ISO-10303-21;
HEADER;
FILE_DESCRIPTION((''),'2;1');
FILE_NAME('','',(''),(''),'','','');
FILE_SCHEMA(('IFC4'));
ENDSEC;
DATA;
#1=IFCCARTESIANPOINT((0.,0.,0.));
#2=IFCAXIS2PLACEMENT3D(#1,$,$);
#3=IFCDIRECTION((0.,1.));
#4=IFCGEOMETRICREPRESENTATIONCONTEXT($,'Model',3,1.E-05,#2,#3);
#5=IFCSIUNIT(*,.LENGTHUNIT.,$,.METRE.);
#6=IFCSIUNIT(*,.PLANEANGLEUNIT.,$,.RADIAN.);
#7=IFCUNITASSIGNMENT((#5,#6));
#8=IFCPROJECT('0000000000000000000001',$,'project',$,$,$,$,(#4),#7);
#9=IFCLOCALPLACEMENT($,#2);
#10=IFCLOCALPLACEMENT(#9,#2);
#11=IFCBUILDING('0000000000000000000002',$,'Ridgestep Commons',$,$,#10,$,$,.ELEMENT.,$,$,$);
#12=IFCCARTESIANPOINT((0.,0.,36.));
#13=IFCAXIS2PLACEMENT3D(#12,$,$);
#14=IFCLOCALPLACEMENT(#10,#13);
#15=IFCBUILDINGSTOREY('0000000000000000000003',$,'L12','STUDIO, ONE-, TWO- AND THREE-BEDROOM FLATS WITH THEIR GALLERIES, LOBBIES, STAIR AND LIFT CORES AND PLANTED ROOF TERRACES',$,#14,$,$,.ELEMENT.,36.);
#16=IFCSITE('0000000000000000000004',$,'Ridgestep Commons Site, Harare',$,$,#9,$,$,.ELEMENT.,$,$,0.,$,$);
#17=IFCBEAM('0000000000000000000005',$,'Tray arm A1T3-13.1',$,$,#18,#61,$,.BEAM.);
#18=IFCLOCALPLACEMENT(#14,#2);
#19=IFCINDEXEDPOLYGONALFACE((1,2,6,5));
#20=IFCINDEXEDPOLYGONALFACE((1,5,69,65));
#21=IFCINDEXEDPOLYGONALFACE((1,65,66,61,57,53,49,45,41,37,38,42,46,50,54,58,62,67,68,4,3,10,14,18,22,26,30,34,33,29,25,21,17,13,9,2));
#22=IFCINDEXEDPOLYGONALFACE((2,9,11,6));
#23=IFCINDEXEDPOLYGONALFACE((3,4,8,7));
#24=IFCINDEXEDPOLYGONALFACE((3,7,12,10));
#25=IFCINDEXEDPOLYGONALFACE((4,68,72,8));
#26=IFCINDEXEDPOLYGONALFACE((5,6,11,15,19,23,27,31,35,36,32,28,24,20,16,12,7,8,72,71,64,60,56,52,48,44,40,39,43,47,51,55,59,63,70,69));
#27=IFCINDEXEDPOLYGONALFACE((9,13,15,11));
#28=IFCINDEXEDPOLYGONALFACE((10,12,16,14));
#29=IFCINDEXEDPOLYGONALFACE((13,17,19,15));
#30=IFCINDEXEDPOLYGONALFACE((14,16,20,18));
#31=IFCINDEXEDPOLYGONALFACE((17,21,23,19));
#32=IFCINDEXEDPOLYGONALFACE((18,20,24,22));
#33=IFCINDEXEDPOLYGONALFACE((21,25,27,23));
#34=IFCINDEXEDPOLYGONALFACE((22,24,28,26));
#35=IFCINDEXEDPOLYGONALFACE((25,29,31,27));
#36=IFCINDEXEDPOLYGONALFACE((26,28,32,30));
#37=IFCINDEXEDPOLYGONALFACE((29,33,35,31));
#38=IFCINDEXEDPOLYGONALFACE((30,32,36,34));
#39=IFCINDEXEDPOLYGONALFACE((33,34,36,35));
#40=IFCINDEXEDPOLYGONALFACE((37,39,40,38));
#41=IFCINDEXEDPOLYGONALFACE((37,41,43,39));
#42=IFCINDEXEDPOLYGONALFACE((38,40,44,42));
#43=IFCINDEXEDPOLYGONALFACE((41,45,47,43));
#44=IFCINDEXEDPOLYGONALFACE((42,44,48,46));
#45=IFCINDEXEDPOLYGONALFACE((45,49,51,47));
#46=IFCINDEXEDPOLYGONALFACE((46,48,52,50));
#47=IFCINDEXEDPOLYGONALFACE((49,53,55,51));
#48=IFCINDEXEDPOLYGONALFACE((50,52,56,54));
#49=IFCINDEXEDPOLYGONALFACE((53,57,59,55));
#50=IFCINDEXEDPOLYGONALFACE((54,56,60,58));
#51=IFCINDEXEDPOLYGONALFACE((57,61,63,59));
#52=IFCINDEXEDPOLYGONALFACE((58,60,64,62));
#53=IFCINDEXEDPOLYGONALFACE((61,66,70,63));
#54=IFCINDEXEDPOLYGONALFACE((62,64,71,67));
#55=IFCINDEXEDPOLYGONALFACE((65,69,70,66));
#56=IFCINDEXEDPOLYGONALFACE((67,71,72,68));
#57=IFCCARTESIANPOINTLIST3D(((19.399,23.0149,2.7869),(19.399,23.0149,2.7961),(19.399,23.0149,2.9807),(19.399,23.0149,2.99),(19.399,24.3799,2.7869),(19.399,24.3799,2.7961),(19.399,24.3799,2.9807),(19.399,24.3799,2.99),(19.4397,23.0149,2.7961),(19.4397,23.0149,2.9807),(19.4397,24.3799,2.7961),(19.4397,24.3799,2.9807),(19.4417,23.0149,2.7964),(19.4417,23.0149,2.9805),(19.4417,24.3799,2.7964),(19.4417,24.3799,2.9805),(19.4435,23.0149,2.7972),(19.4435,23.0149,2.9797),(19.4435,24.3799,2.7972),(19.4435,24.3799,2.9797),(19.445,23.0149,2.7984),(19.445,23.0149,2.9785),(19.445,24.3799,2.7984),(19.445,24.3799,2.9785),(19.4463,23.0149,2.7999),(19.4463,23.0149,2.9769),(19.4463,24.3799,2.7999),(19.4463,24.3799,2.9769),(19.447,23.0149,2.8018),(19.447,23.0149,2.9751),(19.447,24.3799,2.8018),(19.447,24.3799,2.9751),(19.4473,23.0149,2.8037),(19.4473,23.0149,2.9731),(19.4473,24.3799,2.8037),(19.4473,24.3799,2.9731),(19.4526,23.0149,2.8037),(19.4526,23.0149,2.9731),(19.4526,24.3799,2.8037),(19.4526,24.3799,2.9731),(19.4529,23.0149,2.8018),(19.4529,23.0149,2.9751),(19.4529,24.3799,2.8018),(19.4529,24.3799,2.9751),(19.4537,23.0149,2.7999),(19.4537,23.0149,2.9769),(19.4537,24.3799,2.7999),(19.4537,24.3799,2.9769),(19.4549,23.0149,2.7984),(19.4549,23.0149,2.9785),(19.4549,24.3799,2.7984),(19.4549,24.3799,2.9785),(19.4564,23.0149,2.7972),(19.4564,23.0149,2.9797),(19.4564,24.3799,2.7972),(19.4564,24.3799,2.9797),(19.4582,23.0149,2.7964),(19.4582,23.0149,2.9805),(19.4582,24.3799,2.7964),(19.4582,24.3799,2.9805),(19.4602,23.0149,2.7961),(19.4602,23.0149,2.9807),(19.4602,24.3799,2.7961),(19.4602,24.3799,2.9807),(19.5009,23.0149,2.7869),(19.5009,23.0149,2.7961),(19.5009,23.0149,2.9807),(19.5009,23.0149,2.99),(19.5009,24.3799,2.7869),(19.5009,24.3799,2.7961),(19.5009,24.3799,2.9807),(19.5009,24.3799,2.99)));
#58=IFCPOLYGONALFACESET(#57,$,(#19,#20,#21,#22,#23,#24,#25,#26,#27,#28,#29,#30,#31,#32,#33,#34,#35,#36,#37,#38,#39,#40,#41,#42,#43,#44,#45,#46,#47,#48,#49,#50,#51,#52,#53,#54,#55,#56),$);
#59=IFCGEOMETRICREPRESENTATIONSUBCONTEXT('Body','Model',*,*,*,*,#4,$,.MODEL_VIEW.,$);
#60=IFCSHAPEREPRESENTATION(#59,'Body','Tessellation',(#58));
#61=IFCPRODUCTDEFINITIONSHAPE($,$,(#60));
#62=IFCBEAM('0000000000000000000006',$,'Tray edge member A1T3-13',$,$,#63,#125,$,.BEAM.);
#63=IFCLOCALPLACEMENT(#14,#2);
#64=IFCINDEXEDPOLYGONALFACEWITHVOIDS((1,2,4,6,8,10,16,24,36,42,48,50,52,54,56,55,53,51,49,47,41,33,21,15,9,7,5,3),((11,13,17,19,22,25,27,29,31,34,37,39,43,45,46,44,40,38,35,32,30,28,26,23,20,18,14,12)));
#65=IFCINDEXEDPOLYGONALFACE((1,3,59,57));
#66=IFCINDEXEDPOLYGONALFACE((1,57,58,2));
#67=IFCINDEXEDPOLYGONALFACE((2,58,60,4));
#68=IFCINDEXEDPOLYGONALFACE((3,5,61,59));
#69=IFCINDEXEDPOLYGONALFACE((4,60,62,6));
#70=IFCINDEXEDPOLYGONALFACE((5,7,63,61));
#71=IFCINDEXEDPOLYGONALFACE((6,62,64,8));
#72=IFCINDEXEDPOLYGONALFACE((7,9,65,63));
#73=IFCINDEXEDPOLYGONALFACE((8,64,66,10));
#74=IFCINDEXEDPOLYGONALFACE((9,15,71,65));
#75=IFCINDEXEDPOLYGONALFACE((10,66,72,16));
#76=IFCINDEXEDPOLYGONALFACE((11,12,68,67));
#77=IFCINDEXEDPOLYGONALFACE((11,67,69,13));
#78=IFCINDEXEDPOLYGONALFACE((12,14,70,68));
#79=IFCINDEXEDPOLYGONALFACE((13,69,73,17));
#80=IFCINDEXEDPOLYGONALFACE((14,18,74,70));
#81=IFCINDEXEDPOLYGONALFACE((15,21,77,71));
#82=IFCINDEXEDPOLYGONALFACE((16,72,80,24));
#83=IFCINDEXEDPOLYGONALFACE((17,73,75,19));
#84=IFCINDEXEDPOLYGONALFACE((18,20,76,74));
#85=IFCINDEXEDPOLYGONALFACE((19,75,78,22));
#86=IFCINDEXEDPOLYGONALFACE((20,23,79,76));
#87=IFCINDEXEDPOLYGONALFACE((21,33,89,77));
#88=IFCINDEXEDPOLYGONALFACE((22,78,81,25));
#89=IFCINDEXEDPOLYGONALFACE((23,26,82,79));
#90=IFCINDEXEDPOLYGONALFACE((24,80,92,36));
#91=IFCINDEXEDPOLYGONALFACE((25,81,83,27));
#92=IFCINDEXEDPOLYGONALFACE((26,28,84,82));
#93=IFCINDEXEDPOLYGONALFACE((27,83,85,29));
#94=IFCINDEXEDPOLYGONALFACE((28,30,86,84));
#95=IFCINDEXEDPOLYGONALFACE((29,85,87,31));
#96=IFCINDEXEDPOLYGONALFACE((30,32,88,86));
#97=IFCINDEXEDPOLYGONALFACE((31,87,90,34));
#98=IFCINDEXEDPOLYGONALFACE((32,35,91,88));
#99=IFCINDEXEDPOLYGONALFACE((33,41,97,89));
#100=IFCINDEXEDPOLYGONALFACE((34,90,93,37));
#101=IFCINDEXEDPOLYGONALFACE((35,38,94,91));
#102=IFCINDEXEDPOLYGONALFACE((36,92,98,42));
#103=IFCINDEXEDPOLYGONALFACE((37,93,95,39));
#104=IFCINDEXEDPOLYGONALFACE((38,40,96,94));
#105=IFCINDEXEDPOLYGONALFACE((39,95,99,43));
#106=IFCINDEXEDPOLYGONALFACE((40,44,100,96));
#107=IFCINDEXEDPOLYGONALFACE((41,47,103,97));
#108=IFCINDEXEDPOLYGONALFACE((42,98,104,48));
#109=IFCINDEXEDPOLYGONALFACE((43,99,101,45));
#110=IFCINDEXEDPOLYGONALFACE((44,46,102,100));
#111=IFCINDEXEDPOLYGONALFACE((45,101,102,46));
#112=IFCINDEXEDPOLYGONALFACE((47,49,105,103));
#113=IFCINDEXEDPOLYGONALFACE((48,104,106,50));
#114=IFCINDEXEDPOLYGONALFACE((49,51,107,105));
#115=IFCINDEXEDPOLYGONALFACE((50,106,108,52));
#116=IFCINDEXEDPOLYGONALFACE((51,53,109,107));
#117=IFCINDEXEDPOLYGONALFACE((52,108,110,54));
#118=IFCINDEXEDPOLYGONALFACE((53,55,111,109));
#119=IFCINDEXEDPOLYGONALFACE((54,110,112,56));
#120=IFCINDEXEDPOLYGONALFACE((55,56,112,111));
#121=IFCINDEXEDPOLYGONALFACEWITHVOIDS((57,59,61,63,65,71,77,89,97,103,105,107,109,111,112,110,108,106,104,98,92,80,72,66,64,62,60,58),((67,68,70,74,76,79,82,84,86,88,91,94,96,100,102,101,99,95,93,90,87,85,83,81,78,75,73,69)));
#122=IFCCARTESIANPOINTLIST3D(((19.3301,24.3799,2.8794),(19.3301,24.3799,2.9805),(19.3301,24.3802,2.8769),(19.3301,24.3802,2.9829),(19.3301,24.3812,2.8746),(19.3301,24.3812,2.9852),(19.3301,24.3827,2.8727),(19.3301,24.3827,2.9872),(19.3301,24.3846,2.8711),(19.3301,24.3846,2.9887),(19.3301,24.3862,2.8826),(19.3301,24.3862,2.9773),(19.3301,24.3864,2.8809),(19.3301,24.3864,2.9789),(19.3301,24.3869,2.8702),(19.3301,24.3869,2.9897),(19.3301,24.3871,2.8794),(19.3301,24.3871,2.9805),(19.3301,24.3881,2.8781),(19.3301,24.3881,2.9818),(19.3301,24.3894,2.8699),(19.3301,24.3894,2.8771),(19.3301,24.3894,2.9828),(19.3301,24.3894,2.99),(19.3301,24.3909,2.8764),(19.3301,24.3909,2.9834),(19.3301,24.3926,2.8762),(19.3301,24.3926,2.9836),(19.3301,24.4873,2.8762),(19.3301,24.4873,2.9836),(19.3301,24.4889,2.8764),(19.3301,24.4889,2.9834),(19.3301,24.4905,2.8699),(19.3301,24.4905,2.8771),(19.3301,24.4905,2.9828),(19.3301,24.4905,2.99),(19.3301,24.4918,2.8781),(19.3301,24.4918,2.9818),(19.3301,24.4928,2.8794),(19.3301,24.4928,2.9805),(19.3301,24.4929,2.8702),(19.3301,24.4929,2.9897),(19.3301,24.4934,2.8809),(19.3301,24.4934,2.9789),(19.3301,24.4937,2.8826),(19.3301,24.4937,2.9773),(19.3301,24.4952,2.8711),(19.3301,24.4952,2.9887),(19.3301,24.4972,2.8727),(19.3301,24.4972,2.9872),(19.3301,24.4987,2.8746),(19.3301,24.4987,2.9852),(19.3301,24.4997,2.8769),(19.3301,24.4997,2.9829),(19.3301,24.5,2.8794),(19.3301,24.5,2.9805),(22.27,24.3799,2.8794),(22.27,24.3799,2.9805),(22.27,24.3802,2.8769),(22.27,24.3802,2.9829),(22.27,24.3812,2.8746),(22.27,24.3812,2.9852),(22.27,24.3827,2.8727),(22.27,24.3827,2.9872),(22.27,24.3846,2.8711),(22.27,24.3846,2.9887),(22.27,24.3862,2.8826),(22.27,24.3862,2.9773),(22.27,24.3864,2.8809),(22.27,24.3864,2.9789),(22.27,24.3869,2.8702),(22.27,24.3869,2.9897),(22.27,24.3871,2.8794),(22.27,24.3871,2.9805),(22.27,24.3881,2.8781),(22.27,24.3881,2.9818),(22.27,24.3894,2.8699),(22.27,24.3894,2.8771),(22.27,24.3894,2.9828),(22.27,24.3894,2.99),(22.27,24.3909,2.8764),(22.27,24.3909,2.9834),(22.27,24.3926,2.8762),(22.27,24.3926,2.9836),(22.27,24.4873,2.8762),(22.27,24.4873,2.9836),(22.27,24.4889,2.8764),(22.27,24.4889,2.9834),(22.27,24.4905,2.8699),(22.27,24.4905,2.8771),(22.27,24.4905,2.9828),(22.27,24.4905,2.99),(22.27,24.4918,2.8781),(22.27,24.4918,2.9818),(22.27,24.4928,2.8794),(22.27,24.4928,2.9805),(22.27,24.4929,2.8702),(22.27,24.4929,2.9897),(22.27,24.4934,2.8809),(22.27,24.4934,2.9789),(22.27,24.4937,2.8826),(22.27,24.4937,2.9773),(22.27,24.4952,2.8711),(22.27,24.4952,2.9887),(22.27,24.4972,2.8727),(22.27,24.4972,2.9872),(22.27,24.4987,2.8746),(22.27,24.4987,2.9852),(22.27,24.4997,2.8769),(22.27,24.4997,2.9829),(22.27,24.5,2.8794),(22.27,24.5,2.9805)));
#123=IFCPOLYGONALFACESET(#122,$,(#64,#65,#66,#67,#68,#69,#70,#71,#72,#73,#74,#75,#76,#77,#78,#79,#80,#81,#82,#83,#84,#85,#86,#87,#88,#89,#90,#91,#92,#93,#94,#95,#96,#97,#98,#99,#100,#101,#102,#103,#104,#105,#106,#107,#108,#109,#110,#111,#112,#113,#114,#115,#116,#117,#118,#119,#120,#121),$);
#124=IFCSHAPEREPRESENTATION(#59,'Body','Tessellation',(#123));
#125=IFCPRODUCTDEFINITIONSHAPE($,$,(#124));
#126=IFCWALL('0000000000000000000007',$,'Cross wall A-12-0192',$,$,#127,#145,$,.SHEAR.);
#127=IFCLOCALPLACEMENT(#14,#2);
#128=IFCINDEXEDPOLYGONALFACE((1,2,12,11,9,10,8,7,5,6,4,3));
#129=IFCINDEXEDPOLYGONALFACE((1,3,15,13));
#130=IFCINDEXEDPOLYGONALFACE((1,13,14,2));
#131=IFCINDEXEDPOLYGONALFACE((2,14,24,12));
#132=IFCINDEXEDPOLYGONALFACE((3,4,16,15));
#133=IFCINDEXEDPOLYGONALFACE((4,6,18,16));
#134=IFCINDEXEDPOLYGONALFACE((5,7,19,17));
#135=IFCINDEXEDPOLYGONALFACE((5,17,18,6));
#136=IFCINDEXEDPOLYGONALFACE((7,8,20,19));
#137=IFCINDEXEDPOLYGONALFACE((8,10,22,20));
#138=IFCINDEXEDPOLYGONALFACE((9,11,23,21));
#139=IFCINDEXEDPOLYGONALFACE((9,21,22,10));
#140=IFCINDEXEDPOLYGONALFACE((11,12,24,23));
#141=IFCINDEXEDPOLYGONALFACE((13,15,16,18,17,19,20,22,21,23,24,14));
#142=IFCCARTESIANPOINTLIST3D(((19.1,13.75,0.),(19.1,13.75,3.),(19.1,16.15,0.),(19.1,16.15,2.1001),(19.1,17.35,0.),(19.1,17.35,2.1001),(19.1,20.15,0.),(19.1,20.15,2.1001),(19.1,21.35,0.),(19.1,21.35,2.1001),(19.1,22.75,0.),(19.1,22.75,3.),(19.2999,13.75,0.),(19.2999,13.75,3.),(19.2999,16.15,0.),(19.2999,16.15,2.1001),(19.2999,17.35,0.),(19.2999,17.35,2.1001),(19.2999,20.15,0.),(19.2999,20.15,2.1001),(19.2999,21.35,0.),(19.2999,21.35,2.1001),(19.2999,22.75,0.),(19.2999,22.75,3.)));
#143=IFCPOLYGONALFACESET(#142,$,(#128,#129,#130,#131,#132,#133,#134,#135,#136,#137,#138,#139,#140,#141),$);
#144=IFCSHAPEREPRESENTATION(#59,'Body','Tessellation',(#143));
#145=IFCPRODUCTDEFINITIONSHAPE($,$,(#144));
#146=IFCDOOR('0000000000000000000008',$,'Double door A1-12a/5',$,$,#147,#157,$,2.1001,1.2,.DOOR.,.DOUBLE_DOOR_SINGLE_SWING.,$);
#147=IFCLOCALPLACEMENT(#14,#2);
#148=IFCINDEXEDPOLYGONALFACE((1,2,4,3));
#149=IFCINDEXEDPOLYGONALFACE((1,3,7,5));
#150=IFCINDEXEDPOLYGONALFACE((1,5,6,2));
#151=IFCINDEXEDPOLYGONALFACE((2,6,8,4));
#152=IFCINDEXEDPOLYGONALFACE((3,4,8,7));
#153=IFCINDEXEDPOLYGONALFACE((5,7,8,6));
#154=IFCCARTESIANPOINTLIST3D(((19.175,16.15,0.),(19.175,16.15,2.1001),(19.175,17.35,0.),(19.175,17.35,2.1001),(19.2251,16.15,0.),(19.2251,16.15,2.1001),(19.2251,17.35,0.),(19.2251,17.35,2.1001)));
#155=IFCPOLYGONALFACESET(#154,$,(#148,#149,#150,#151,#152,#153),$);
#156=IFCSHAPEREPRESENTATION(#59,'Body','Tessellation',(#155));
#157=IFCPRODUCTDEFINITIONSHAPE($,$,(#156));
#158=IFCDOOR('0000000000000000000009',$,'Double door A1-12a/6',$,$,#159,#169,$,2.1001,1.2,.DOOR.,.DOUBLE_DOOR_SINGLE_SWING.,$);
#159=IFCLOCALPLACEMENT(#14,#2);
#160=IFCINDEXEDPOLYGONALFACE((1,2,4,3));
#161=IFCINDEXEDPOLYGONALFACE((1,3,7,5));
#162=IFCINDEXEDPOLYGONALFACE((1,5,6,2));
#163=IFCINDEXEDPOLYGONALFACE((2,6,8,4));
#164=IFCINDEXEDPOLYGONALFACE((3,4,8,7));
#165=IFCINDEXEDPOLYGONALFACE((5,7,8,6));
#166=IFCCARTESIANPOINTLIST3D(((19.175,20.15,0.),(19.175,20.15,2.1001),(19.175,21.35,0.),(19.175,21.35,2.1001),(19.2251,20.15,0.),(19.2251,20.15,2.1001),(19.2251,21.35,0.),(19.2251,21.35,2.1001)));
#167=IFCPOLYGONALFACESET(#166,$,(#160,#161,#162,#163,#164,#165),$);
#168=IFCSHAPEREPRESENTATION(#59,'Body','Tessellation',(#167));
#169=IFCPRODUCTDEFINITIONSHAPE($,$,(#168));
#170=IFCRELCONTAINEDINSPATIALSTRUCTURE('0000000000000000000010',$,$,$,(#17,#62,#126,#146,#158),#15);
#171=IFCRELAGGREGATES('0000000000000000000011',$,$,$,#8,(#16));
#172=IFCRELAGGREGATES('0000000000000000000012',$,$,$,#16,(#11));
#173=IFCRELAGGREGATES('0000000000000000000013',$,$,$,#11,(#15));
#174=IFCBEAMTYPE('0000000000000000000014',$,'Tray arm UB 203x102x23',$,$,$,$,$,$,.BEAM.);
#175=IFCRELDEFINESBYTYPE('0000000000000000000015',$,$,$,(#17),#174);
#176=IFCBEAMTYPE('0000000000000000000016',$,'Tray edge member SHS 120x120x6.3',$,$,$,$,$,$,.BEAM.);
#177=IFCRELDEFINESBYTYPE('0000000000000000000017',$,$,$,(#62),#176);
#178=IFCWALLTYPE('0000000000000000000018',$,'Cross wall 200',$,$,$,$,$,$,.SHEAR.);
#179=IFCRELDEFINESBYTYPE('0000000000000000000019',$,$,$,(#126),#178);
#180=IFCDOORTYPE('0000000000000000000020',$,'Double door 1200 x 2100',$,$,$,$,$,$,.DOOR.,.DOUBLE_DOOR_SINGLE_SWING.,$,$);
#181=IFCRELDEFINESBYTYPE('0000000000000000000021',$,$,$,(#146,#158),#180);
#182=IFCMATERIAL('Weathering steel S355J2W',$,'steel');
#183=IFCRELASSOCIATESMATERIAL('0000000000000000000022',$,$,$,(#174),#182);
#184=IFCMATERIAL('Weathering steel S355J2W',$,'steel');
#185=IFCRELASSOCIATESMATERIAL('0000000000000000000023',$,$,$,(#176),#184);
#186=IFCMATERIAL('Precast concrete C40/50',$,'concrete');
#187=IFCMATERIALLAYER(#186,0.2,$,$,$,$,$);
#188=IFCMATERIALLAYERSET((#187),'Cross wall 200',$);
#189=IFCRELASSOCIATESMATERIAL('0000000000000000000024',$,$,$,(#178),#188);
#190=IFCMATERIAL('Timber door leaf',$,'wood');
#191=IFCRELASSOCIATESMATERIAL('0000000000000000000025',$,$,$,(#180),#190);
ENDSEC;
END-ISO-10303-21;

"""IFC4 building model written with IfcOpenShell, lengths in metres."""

from ifc_helpers import new_model, si_unit, direction, frame, frame_2d, origin, origin_2d, place, context, subcontext, project, spatial, rectangle, hollow_rectangle, i_section, extrude, material, layer, layer_set, material_profile, profile_set, type_object, element, fill, save


model = new_model("IFC4")

# Units and contexts
model_context = context("Model", 3, precision=1e-05, world=origin(), true_north=direction((0.0, 1.0)))
body_context = subcontext(model_context, "Body", "Model", "MODEL_VIEW")
ifc_project = project(units=[si_unit("LENGTHUNIT", "METRE"), si_unit("PLANEANGLEUNIT", "RADIAN")], contexts=[model_context])

# Site, building, storey
site_placement = place(None, origin())
site = spatial("IfcSite", under=ifc_project, at=site_placement, Name="Ridgestep Commons Site, Harare", CompositionType="ELEMENT", RefElevation=0.0)
building_placement = place(site_placement, origin())
building = spatial("IfcBuilding", under=site, at=building_placement, Name="Ridgestep Commons", CompositionType="ELEMENT")
storey_placement = place(building_placement, frame((0.0, 0.0, 36.0)))
storey = spatial("IfcBuildingStorey", under=building, at=storey_placement, Name="L12", Description="STUDIO, ONE-, TWO- AND THREE-BEDROOM FLATS WITH THEIR GALLERIES, LOBBIES, STAIR AND LIFT CORES AND PLANTED ROOF TERRACES", CompositionType="ELEMENT", Elevation=36.0)

# Beams
ifc_material_1 = material(Name="Weathering steel S355J2W", Category="steel")
ifc_material_profile_1 = material_profile(ifc_material_1, i_section(OverallWidth=0.1018, OverallDepth=0.2031, WebThickness=0.0054, FlangeThickness=0.0093, FilletRadius=0.0076, at=origin_2d()), Name="UB 203x102x23")
ifc_profile_set_1 = profile_set([ifc_material_profile_1], Name="Weathering steel S355J2W")
beam_type_1 = type_object("IfcBeamType", Name="Tray arm UB 203x102x23", PredefinedType="BEAM", material=ifc_profile_set_1)
beam_1_placement = place(storey_placement, frame((19.45, 23.0149, 2.8884), z_axis=(0.0, 1.0, 0.0), x_axis=(-1.0, 0.0, 0.0)))
element("IfcBeam", 1, at=beam_1_placement, inside=storey, type_object=beam_type_1, Name="Tray arm A1T3-13.1", PredefinedType="BEAM", context=body_context, shape_type="SweptSolid", body=[
    extrude(i_section(OverallWidth=0.1018, OverallDepth=0.2031, WebThickness=0.0054, FlangeThickness=0.0093, FilletRadius=0.0076, at=origin_2d()), origin(), (0.0, 0.0, 1.0), 1.365),
])
ifc_material_2 = material(Name="Weathering steel S355J2W", Category="steel")
ifc_material_profile_2 = material_profile(ifc_material_2, hollow_rectangle(XDim=0.1201, YDim=0.1201, WallThickness=0.0063, InnerFilletRadius=0.0063, OuterFilletRadius=0.0095, at=origin_2d()), Name="SHS 120x120x6.3")
ifc_profile_set_2 = profile_set([ifc_material_profile_2], Name="Weathering steel S355J2W")
beam_type_2 = type_object("IfcBeamType", Name="Tray edge member SHS 120x120x6.3", PredefinedType="BEAM", material=ifc_profile_set_2)
beam_2_placement = place(storey_placement, frame((19.3301, 24.4399, 2.9299), z_axis=(1.0, 0.0, 0.0), x_axis=(0.0, 0.0, 1.0)))
element("IfcBeam", 2, at=beam_2_placement, inside=storey, type_object=beam_type_2, Name="Tray edge member A1T3-13", PredefinedType="BEAM", context=body_context, shape_type="SweptSolid", body=[
    extrude(hollow_rectangle(XDim=0.1201, YDim=0.1201, WallThickness=0.0063, InnerFilletRadius=0.0063, OuterFilletRadius=0.0095, at=origin_2d()), origin(), (0.0, 0.0, 1.0), 2.9399),
])

# Wall, openings, doors
ifc_material_3 = material(Name="Precast concrete C40/50", Category="concrete")
ifc_layer_1 = layer(ifc_material_3, 0.2)
ifc_layer_set_1 = layer_set([ifc_layer_1], Name="Cross wall 200")
wall_type_1 = type_object("IfcWallType", Name="Cross wall 200", PredefinedType="SHEAR", material=ifc_layer_set_1)
wall_1_placement = place(storey_placement, frame((19.2, 13.75, 0.0), z_axis=(0.0, 0.0, 1.0), x_axis=(0.0, 1.0, 0.0)))
wall_1 = element("IfcWall", 3, at=wall_1_placement, inside=storey, type_object=wall_type_1, Name="Cross wall A-12-0192", PredefinedType="SHEAR", context=body_context, shape_type="SweptSolid", body=[
    extrude(rectangle(XDim=9.0, YDim=0.2, at=frame_2d((4.5, 0.0))), origin(), (0.0, 0.0, 1.0), 3.0),
])
opening_1_placement = place(wall_1_placement, frame((2.3999, 0.0, 0.0)))
opening_1 = element("IfcOpeningElement", 4, at=opening_1_placement, cuts=wall_1, PredefinedType="OPENING", context=body_context, shape_type="SweptSolid", body=[
    extrude(rectangle(XDim=1.2, YDim=2.1001, at=frame_2d((0.6001, 1.05))), frame((0.0, 0.1099, 0.0), z_axis=(0.0, -1.0, 0.0), x_axis=(1.0, 0.0, 0.0)), (0.0, 0.0, 1.0), 0.22),
])
opening_2_placement = place(wall_1_placement, frame((6.3999, 0.0, 0.0)))
opening_2 = element("IfcOpeningElement", 5, at=opening_2_placement, cuts=wall_1, PredefinedType="OPENING", context=body_context, shape_type="SweptSolid", body=[
    extrude(rectangle(XDim=1.2, YDim=2.1001, at=frame_2d((0.6001, 1.05))), frame((0.0, 0.1099, 0.0), z_axis=(0.0, -1.0, 0.0), x_axis=(1.0, 0.0, 0.0)), (0.0, 0.0, 1.0), 0.22),
])
ifc_material_4 = material(Name="Timber door leaf", Category="wood")
door_type_1 = type_object("IfcDoorType", Name="Double door 1200 x 2100", OperationType="DOUBLE_DOOR_SINGLE_SWING", PredefinedType="DOOR", material=ifc_material_4)
door_1_placement = place(opening_1_placement, origin())
door_1 = element("IfcDoor", 6, at=door_1_placement, inside=storey, type_object=door_type_1, Name="Double door A1-12a/5", OperationType="DOUBLE_DOOR_SINGLE_SWING", OverallHeight=2.1001, OverallWidth=1.2, PredefinedType="DOOR", context=body_context, shape_type="SweptSolid", body=[
    extrude(rectangle(XDim=1.2, YDim=2.1001, at=frame_2d((0.6001, 1.05))), frame((0.0, 0.0249, 0.0), z_axis=(0.0, -1.0, 0.0), x_axis=(1.0, 0.0, 0.0)), (0.0, 0.0, 1.0), 0.05),
])
fill(opening_1, door_1)
door_2_placement = place(opening_2_placement, origin())
door_2 = element("IfcDoor", 7, at=door_2_placement, inside=storey, type_object=door_type_1, Name="Double door A1-12a/6", OperationType="DOUBLE_DOOR_SINGLE_SWING", OverallHeight=2.1001, OverallWidth=1.2, PredefinedType="DOOR", context=body_context, shape_type="SweptSolid", body=[
    extrude(rectangle(XDim=1.2, YDim=2.1001, at=frame_2d((0.6001, 1.05))), frame((0.0, 0.0249, 0.0), z_axis=(0.0, -1.0, 0.0), x_axis=(1.0, 0.0, 0.0)), (0.0, 0.0, 1.0), 0.05),
])
fill(opening_2, door_2)

save(model, "model.ifc")
